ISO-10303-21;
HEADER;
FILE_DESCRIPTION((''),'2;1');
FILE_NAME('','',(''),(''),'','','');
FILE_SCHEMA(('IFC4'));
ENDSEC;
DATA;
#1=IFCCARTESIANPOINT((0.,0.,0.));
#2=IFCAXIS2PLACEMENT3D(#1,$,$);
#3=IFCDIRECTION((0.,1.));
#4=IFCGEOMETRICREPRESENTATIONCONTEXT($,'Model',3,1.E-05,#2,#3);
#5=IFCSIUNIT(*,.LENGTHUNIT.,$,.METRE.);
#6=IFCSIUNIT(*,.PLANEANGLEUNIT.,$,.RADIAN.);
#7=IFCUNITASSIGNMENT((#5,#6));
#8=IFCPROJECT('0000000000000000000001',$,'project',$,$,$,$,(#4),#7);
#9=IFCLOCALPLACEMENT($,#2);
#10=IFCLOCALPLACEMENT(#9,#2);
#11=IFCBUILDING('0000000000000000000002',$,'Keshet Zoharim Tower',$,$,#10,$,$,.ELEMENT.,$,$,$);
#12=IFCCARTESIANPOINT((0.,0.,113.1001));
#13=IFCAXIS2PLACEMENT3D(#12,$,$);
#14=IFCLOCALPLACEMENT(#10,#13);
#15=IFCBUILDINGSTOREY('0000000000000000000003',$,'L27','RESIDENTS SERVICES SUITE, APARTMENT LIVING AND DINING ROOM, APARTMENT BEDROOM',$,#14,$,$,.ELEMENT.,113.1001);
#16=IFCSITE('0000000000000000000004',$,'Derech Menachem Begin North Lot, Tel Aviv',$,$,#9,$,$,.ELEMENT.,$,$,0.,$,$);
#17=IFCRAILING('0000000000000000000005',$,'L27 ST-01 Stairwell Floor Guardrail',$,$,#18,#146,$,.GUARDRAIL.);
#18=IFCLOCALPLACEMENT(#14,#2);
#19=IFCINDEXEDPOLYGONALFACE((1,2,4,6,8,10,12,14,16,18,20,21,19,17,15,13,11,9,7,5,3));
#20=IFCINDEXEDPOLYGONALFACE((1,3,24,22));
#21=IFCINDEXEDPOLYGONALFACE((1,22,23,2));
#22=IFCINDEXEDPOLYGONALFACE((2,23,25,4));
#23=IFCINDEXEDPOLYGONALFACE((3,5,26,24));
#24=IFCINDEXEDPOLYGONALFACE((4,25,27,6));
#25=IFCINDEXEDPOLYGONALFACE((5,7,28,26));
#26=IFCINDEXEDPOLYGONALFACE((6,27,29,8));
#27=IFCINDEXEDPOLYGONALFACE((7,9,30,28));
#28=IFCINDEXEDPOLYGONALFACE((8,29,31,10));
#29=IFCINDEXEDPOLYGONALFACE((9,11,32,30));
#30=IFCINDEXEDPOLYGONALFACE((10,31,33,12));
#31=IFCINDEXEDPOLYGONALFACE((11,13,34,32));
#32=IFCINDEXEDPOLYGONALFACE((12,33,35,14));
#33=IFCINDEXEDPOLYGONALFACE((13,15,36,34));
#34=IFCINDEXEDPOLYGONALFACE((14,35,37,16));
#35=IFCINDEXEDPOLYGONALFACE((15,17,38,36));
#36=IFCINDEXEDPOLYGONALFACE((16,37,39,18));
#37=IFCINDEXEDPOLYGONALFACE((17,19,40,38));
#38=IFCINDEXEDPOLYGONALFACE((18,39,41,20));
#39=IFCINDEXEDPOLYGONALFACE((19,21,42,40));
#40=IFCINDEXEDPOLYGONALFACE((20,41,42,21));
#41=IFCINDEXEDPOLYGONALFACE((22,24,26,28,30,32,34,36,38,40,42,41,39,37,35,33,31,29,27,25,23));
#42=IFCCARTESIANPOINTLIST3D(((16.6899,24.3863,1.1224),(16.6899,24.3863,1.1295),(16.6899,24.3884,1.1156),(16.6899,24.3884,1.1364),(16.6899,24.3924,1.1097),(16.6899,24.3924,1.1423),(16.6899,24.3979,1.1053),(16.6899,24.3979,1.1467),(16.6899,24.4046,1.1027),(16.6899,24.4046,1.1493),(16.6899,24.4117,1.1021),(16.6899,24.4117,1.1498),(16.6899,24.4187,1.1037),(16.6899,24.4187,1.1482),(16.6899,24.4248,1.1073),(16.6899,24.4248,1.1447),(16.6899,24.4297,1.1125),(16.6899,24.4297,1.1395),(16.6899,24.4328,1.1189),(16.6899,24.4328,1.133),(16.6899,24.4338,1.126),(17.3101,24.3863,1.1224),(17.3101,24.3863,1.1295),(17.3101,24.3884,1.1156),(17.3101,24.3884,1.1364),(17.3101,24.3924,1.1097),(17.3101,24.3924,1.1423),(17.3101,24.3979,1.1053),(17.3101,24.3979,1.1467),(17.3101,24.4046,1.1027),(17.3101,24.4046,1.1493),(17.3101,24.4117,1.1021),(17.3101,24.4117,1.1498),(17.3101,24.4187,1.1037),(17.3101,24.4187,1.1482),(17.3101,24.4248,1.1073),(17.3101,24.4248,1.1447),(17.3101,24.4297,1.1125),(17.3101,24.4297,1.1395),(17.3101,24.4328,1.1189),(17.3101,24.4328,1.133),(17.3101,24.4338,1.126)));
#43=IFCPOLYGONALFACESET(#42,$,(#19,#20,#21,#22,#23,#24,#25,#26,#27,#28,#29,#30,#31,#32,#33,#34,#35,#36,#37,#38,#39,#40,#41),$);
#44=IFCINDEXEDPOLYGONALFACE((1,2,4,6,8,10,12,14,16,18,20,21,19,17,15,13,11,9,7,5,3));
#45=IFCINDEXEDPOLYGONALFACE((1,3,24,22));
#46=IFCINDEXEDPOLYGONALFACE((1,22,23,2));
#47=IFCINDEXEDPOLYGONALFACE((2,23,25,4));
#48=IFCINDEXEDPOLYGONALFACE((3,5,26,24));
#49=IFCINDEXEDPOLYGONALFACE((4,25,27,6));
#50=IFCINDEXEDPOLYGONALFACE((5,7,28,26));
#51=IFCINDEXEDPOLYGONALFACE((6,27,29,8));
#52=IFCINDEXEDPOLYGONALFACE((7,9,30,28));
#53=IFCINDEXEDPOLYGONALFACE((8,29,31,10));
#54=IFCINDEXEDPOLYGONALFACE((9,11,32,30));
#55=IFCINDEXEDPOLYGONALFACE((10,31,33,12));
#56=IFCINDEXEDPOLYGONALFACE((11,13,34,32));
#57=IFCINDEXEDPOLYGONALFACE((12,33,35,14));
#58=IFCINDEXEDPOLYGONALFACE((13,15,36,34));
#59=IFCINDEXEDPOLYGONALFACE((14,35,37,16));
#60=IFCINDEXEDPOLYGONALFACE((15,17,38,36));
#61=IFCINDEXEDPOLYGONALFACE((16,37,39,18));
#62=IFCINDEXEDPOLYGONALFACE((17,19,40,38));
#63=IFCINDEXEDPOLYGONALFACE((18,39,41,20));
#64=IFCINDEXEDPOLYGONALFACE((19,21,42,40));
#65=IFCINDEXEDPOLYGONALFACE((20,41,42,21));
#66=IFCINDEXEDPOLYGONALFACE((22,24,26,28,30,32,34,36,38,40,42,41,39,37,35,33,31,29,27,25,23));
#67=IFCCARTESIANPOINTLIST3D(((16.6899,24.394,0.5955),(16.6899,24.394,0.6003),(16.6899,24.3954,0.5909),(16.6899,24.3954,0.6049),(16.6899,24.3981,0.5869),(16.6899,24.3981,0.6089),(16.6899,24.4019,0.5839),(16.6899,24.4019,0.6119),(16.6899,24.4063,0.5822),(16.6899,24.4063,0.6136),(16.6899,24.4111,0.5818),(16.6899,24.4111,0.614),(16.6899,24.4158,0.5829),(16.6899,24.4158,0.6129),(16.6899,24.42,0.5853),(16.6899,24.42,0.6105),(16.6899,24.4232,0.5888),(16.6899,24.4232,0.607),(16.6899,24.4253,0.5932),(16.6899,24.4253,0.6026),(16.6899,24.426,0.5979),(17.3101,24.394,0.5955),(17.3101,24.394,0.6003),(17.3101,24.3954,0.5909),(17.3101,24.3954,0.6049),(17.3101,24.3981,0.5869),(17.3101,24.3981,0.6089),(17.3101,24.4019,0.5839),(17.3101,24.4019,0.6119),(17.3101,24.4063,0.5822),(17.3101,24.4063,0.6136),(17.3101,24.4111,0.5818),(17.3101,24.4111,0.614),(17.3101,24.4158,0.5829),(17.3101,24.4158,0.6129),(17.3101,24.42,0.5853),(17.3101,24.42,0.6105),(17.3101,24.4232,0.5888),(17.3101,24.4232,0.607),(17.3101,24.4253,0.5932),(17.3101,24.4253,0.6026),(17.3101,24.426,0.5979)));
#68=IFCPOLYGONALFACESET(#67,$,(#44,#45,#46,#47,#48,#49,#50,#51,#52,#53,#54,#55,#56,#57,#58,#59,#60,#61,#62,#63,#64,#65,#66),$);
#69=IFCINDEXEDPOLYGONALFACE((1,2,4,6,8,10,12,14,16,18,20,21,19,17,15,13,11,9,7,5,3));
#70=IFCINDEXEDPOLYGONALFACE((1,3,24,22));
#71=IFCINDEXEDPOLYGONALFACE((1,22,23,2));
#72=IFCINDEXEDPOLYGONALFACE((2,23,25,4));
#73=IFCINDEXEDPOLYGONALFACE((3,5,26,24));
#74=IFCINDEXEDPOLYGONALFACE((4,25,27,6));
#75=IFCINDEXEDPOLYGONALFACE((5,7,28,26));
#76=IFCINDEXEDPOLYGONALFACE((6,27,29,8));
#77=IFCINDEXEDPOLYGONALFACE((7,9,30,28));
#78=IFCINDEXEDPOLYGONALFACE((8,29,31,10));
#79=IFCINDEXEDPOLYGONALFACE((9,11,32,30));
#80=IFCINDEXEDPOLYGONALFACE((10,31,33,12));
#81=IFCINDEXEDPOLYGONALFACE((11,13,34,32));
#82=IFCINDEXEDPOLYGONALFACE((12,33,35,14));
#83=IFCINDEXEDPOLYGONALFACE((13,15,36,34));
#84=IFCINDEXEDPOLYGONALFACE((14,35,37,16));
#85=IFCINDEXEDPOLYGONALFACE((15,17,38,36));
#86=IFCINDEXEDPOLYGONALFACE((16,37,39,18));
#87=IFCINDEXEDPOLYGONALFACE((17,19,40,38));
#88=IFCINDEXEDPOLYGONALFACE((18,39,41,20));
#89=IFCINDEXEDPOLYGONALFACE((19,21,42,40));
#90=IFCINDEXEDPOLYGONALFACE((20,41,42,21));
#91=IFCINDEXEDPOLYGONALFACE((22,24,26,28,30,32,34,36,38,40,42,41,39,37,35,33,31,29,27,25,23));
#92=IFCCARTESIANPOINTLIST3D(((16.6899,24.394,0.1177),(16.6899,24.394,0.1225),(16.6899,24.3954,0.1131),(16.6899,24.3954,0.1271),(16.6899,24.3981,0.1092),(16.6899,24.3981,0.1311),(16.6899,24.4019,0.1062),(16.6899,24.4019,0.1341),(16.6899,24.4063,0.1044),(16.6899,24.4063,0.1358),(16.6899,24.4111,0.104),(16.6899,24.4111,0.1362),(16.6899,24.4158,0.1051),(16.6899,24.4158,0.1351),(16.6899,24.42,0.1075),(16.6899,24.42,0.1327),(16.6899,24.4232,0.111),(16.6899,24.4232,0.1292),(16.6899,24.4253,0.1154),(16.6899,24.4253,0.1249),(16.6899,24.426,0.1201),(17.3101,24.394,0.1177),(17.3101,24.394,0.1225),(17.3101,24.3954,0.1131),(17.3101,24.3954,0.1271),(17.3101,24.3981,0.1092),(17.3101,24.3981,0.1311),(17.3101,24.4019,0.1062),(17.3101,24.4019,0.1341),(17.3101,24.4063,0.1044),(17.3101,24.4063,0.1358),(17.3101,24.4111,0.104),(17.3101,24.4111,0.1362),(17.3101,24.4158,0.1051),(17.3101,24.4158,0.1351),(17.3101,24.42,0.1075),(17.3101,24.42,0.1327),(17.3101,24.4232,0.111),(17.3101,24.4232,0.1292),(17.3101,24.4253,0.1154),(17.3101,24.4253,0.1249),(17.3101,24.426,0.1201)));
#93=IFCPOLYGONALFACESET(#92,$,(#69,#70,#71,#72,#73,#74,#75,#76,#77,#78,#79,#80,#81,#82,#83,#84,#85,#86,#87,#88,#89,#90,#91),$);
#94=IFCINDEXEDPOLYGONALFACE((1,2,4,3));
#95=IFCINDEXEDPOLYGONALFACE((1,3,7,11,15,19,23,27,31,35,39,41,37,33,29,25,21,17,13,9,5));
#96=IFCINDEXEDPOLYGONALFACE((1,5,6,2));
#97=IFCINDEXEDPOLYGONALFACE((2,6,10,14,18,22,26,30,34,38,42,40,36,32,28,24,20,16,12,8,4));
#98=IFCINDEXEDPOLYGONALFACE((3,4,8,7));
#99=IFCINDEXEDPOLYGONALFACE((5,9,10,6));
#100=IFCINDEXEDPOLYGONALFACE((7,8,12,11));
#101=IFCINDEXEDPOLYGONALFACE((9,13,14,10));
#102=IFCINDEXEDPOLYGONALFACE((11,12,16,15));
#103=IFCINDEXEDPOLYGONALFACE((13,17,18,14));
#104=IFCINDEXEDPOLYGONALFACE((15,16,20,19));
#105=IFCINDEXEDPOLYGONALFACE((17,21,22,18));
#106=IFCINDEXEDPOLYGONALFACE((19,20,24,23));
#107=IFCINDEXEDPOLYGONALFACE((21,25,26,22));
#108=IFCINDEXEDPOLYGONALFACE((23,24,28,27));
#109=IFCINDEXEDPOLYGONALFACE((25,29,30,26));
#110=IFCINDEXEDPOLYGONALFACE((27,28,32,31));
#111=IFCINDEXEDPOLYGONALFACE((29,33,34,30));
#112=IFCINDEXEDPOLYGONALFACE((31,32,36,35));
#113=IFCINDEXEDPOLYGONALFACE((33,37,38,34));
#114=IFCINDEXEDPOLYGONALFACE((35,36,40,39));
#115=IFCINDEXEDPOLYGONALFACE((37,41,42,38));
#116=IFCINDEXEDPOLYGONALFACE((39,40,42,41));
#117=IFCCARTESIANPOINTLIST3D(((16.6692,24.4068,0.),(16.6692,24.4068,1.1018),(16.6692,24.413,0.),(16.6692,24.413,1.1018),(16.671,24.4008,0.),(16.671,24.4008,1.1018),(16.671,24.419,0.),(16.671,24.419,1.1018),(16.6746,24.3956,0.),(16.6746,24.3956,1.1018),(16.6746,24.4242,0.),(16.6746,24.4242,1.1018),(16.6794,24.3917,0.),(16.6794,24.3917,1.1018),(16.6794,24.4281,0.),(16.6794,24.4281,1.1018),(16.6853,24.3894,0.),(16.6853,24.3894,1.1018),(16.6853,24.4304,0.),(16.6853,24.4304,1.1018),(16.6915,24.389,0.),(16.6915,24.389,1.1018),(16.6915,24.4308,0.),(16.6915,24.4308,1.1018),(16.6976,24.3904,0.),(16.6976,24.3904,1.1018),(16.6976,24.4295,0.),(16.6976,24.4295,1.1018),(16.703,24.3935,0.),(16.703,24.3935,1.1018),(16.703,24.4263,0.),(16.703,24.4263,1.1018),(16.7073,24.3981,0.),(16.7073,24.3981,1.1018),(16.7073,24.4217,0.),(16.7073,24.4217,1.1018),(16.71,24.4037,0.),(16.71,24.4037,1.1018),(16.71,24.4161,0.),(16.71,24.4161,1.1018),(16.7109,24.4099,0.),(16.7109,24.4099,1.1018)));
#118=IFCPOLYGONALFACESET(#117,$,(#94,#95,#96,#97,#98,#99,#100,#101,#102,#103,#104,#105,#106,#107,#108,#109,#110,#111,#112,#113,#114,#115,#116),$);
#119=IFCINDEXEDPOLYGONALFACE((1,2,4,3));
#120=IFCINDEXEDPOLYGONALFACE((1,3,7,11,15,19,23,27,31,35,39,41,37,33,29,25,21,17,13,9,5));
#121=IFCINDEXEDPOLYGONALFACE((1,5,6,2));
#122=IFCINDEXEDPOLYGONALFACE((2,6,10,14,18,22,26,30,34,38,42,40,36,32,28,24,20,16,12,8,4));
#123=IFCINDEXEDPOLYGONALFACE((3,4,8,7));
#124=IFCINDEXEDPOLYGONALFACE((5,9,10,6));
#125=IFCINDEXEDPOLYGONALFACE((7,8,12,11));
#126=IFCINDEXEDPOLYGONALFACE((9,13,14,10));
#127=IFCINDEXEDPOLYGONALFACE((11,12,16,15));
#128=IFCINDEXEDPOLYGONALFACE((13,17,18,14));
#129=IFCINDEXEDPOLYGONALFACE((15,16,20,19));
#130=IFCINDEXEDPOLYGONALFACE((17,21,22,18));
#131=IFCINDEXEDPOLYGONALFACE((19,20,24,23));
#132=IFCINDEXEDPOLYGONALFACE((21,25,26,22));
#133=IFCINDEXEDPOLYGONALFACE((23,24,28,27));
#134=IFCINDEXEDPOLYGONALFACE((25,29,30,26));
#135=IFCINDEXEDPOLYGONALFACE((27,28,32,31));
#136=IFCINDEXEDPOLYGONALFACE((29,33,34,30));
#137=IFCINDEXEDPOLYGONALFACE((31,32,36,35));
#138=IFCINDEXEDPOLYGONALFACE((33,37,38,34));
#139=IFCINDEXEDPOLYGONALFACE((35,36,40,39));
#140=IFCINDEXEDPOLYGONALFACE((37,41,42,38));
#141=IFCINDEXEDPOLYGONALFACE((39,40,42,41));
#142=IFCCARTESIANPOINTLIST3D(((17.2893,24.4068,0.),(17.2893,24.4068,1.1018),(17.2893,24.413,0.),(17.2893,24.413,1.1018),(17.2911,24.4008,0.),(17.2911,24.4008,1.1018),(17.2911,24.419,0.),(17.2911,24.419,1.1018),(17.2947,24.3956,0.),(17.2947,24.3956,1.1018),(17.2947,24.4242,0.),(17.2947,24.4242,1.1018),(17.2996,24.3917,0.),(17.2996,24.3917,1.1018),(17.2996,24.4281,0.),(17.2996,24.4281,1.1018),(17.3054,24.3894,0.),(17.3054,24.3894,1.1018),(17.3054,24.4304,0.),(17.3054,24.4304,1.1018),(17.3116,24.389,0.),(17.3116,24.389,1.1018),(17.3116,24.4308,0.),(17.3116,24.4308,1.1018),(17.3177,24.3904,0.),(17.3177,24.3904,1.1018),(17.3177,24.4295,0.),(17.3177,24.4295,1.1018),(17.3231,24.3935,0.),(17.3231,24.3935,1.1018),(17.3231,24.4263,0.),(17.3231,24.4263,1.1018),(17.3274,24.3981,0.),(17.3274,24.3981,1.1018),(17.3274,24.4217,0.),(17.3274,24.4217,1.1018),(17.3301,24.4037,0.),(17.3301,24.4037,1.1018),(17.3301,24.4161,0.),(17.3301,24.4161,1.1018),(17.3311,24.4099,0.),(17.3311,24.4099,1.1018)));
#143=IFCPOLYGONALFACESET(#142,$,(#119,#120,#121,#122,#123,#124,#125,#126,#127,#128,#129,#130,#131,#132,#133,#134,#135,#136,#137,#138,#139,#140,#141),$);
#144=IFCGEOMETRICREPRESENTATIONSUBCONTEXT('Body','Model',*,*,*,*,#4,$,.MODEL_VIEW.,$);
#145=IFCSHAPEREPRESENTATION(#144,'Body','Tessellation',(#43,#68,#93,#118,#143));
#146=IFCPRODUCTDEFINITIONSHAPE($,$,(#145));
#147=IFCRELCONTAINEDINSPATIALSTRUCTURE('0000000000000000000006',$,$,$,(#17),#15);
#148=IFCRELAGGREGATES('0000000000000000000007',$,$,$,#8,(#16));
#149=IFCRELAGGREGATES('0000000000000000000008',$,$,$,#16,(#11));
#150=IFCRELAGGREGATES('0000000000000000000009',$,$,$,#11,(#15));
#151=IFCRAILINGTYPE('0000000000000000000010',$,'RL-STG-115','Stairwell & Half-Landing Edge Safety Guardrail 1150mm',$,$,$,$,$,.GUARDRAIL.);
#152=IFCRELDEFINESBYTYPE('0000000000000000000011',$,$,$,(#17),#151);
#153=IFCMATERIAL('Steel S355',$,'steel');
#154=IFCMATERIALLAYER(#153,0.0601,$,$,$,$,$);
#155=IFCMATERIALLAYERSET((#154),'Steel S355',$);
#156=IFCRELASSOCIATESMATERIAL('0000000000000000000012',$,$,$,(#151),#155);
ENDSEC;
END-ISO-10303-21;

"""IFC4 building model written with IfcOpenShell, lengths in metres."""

from ifc_helpers import new_model, si_unit, direction, frame, origin, origin_2d, place, context, subcontext, project, spatial, circle, extrude, material, layer, layer_set, type_object, element, save


model = new_model("IFC4")

# Units and contexts
model_context = context("Model", 3, precision=1e-05, world=origin(), true_north=direction((0.0, 1.0)))
body_context = subcontext(model_context, "Body", "Model", "MODEL_VIEW")
ifc_project = project(units=[si_unit("LENGTHUNIT", "METRE"), si_unit("PLANEANGLEUNIT", "RADIAN")], contexts=[model_context])

# Site, building, storey
site_placement = place(None, origin())
site = spatial("IfcSite", under=ifc_project, at=site_placement, Name="Derech Menachem Begin North Lot, Tel Aviv", CompositionType="ELEMENT", RefElevation=0.0)
building_placement = place(site_placement, origin())
building = spatial("IfcBuilding", under=site, at=building_placement, Name="Keshet Zoharim Tower", CompositionType="ELEMENT")
storey_placement = place(building_placement, frame((0.0, 0.0, 113.1001)))
storey = spatial("IfcBuildingStorey", under=building, at=storey_placement, Name="L27", Description="RESIDENTS SERVICES SUITE, APARTMENT LIVING AND DINING ROOM, APARTMENT BEDROOM", CompositionType="ELEMENT", Elevation=113.1001)

# Railing
ifc_material_1 = material(Name="Steel S355", Category="steel")
ifc_layer_1 = layer(ifc_material_1, 0.0601)
ifc_layer_set_1 = layer_set([ifc_layer_1], Name="Steel S355")
railing_type_1 = type_object("IfcRailingType", Name="RL-STG-115", Description="Stairwell & Half-Landing Edge Safety Guardrail 1150mm", PredefinedType="GUARDRAIL", material=ifc_layer_set_1)
railing_1_placement = place(storey_placement, frame((16.6899, 24.4099, 0.0)))
element("IfcRailing", 1, at=railing_1_placement, inside=storey, type_object=railing_type_1, Name="L27 ST-01 Stairwell Floor Guardrail", PredefinedType="GUARDRAIL", context=body_context, shape_type="SweptSolid", body=[
    extrude(circle(Radius=0.0239, at=origin_2d()), frame((0.0, 0.0, 1.126), z_axis=(1.0, 0.0, 0.0), x_axis=(0.0, 1.0, 0.0)), (0.0, 0.0, 1.0), 0.6201),
    extrude(circle(Radius=0.0161, at=origin_2d()), frame((0.0, 0.0, 0.5979), z_axis=(1.0, 0.0, 0.0), x_axis=(0.0, 1.0, 0.0)), (0.0, 0.0, 1.0), 0.6201),
    extrude(circle(Radius=0.0161, at=origin_2d()), frame((0.0, 0.0, 0.1201), z_axis=(1.0, 0.0, 0.0), x_axis=(0.0, 1.0, 0.0)), (0.0, 0.0, 1.0), 0.6201),
    extrude(circle(Radius=0.021, at=origin_2d()), origin(), (0.0, 0.0, 1.0), 1.1018),
    extrude(circle(Radius=0.021, at=origin_2d()), frame((0.6201, 0.0, 0.0)), (0.0, 0.0, 1.0), 1.1018),
])

save(model, "model.ifc")
